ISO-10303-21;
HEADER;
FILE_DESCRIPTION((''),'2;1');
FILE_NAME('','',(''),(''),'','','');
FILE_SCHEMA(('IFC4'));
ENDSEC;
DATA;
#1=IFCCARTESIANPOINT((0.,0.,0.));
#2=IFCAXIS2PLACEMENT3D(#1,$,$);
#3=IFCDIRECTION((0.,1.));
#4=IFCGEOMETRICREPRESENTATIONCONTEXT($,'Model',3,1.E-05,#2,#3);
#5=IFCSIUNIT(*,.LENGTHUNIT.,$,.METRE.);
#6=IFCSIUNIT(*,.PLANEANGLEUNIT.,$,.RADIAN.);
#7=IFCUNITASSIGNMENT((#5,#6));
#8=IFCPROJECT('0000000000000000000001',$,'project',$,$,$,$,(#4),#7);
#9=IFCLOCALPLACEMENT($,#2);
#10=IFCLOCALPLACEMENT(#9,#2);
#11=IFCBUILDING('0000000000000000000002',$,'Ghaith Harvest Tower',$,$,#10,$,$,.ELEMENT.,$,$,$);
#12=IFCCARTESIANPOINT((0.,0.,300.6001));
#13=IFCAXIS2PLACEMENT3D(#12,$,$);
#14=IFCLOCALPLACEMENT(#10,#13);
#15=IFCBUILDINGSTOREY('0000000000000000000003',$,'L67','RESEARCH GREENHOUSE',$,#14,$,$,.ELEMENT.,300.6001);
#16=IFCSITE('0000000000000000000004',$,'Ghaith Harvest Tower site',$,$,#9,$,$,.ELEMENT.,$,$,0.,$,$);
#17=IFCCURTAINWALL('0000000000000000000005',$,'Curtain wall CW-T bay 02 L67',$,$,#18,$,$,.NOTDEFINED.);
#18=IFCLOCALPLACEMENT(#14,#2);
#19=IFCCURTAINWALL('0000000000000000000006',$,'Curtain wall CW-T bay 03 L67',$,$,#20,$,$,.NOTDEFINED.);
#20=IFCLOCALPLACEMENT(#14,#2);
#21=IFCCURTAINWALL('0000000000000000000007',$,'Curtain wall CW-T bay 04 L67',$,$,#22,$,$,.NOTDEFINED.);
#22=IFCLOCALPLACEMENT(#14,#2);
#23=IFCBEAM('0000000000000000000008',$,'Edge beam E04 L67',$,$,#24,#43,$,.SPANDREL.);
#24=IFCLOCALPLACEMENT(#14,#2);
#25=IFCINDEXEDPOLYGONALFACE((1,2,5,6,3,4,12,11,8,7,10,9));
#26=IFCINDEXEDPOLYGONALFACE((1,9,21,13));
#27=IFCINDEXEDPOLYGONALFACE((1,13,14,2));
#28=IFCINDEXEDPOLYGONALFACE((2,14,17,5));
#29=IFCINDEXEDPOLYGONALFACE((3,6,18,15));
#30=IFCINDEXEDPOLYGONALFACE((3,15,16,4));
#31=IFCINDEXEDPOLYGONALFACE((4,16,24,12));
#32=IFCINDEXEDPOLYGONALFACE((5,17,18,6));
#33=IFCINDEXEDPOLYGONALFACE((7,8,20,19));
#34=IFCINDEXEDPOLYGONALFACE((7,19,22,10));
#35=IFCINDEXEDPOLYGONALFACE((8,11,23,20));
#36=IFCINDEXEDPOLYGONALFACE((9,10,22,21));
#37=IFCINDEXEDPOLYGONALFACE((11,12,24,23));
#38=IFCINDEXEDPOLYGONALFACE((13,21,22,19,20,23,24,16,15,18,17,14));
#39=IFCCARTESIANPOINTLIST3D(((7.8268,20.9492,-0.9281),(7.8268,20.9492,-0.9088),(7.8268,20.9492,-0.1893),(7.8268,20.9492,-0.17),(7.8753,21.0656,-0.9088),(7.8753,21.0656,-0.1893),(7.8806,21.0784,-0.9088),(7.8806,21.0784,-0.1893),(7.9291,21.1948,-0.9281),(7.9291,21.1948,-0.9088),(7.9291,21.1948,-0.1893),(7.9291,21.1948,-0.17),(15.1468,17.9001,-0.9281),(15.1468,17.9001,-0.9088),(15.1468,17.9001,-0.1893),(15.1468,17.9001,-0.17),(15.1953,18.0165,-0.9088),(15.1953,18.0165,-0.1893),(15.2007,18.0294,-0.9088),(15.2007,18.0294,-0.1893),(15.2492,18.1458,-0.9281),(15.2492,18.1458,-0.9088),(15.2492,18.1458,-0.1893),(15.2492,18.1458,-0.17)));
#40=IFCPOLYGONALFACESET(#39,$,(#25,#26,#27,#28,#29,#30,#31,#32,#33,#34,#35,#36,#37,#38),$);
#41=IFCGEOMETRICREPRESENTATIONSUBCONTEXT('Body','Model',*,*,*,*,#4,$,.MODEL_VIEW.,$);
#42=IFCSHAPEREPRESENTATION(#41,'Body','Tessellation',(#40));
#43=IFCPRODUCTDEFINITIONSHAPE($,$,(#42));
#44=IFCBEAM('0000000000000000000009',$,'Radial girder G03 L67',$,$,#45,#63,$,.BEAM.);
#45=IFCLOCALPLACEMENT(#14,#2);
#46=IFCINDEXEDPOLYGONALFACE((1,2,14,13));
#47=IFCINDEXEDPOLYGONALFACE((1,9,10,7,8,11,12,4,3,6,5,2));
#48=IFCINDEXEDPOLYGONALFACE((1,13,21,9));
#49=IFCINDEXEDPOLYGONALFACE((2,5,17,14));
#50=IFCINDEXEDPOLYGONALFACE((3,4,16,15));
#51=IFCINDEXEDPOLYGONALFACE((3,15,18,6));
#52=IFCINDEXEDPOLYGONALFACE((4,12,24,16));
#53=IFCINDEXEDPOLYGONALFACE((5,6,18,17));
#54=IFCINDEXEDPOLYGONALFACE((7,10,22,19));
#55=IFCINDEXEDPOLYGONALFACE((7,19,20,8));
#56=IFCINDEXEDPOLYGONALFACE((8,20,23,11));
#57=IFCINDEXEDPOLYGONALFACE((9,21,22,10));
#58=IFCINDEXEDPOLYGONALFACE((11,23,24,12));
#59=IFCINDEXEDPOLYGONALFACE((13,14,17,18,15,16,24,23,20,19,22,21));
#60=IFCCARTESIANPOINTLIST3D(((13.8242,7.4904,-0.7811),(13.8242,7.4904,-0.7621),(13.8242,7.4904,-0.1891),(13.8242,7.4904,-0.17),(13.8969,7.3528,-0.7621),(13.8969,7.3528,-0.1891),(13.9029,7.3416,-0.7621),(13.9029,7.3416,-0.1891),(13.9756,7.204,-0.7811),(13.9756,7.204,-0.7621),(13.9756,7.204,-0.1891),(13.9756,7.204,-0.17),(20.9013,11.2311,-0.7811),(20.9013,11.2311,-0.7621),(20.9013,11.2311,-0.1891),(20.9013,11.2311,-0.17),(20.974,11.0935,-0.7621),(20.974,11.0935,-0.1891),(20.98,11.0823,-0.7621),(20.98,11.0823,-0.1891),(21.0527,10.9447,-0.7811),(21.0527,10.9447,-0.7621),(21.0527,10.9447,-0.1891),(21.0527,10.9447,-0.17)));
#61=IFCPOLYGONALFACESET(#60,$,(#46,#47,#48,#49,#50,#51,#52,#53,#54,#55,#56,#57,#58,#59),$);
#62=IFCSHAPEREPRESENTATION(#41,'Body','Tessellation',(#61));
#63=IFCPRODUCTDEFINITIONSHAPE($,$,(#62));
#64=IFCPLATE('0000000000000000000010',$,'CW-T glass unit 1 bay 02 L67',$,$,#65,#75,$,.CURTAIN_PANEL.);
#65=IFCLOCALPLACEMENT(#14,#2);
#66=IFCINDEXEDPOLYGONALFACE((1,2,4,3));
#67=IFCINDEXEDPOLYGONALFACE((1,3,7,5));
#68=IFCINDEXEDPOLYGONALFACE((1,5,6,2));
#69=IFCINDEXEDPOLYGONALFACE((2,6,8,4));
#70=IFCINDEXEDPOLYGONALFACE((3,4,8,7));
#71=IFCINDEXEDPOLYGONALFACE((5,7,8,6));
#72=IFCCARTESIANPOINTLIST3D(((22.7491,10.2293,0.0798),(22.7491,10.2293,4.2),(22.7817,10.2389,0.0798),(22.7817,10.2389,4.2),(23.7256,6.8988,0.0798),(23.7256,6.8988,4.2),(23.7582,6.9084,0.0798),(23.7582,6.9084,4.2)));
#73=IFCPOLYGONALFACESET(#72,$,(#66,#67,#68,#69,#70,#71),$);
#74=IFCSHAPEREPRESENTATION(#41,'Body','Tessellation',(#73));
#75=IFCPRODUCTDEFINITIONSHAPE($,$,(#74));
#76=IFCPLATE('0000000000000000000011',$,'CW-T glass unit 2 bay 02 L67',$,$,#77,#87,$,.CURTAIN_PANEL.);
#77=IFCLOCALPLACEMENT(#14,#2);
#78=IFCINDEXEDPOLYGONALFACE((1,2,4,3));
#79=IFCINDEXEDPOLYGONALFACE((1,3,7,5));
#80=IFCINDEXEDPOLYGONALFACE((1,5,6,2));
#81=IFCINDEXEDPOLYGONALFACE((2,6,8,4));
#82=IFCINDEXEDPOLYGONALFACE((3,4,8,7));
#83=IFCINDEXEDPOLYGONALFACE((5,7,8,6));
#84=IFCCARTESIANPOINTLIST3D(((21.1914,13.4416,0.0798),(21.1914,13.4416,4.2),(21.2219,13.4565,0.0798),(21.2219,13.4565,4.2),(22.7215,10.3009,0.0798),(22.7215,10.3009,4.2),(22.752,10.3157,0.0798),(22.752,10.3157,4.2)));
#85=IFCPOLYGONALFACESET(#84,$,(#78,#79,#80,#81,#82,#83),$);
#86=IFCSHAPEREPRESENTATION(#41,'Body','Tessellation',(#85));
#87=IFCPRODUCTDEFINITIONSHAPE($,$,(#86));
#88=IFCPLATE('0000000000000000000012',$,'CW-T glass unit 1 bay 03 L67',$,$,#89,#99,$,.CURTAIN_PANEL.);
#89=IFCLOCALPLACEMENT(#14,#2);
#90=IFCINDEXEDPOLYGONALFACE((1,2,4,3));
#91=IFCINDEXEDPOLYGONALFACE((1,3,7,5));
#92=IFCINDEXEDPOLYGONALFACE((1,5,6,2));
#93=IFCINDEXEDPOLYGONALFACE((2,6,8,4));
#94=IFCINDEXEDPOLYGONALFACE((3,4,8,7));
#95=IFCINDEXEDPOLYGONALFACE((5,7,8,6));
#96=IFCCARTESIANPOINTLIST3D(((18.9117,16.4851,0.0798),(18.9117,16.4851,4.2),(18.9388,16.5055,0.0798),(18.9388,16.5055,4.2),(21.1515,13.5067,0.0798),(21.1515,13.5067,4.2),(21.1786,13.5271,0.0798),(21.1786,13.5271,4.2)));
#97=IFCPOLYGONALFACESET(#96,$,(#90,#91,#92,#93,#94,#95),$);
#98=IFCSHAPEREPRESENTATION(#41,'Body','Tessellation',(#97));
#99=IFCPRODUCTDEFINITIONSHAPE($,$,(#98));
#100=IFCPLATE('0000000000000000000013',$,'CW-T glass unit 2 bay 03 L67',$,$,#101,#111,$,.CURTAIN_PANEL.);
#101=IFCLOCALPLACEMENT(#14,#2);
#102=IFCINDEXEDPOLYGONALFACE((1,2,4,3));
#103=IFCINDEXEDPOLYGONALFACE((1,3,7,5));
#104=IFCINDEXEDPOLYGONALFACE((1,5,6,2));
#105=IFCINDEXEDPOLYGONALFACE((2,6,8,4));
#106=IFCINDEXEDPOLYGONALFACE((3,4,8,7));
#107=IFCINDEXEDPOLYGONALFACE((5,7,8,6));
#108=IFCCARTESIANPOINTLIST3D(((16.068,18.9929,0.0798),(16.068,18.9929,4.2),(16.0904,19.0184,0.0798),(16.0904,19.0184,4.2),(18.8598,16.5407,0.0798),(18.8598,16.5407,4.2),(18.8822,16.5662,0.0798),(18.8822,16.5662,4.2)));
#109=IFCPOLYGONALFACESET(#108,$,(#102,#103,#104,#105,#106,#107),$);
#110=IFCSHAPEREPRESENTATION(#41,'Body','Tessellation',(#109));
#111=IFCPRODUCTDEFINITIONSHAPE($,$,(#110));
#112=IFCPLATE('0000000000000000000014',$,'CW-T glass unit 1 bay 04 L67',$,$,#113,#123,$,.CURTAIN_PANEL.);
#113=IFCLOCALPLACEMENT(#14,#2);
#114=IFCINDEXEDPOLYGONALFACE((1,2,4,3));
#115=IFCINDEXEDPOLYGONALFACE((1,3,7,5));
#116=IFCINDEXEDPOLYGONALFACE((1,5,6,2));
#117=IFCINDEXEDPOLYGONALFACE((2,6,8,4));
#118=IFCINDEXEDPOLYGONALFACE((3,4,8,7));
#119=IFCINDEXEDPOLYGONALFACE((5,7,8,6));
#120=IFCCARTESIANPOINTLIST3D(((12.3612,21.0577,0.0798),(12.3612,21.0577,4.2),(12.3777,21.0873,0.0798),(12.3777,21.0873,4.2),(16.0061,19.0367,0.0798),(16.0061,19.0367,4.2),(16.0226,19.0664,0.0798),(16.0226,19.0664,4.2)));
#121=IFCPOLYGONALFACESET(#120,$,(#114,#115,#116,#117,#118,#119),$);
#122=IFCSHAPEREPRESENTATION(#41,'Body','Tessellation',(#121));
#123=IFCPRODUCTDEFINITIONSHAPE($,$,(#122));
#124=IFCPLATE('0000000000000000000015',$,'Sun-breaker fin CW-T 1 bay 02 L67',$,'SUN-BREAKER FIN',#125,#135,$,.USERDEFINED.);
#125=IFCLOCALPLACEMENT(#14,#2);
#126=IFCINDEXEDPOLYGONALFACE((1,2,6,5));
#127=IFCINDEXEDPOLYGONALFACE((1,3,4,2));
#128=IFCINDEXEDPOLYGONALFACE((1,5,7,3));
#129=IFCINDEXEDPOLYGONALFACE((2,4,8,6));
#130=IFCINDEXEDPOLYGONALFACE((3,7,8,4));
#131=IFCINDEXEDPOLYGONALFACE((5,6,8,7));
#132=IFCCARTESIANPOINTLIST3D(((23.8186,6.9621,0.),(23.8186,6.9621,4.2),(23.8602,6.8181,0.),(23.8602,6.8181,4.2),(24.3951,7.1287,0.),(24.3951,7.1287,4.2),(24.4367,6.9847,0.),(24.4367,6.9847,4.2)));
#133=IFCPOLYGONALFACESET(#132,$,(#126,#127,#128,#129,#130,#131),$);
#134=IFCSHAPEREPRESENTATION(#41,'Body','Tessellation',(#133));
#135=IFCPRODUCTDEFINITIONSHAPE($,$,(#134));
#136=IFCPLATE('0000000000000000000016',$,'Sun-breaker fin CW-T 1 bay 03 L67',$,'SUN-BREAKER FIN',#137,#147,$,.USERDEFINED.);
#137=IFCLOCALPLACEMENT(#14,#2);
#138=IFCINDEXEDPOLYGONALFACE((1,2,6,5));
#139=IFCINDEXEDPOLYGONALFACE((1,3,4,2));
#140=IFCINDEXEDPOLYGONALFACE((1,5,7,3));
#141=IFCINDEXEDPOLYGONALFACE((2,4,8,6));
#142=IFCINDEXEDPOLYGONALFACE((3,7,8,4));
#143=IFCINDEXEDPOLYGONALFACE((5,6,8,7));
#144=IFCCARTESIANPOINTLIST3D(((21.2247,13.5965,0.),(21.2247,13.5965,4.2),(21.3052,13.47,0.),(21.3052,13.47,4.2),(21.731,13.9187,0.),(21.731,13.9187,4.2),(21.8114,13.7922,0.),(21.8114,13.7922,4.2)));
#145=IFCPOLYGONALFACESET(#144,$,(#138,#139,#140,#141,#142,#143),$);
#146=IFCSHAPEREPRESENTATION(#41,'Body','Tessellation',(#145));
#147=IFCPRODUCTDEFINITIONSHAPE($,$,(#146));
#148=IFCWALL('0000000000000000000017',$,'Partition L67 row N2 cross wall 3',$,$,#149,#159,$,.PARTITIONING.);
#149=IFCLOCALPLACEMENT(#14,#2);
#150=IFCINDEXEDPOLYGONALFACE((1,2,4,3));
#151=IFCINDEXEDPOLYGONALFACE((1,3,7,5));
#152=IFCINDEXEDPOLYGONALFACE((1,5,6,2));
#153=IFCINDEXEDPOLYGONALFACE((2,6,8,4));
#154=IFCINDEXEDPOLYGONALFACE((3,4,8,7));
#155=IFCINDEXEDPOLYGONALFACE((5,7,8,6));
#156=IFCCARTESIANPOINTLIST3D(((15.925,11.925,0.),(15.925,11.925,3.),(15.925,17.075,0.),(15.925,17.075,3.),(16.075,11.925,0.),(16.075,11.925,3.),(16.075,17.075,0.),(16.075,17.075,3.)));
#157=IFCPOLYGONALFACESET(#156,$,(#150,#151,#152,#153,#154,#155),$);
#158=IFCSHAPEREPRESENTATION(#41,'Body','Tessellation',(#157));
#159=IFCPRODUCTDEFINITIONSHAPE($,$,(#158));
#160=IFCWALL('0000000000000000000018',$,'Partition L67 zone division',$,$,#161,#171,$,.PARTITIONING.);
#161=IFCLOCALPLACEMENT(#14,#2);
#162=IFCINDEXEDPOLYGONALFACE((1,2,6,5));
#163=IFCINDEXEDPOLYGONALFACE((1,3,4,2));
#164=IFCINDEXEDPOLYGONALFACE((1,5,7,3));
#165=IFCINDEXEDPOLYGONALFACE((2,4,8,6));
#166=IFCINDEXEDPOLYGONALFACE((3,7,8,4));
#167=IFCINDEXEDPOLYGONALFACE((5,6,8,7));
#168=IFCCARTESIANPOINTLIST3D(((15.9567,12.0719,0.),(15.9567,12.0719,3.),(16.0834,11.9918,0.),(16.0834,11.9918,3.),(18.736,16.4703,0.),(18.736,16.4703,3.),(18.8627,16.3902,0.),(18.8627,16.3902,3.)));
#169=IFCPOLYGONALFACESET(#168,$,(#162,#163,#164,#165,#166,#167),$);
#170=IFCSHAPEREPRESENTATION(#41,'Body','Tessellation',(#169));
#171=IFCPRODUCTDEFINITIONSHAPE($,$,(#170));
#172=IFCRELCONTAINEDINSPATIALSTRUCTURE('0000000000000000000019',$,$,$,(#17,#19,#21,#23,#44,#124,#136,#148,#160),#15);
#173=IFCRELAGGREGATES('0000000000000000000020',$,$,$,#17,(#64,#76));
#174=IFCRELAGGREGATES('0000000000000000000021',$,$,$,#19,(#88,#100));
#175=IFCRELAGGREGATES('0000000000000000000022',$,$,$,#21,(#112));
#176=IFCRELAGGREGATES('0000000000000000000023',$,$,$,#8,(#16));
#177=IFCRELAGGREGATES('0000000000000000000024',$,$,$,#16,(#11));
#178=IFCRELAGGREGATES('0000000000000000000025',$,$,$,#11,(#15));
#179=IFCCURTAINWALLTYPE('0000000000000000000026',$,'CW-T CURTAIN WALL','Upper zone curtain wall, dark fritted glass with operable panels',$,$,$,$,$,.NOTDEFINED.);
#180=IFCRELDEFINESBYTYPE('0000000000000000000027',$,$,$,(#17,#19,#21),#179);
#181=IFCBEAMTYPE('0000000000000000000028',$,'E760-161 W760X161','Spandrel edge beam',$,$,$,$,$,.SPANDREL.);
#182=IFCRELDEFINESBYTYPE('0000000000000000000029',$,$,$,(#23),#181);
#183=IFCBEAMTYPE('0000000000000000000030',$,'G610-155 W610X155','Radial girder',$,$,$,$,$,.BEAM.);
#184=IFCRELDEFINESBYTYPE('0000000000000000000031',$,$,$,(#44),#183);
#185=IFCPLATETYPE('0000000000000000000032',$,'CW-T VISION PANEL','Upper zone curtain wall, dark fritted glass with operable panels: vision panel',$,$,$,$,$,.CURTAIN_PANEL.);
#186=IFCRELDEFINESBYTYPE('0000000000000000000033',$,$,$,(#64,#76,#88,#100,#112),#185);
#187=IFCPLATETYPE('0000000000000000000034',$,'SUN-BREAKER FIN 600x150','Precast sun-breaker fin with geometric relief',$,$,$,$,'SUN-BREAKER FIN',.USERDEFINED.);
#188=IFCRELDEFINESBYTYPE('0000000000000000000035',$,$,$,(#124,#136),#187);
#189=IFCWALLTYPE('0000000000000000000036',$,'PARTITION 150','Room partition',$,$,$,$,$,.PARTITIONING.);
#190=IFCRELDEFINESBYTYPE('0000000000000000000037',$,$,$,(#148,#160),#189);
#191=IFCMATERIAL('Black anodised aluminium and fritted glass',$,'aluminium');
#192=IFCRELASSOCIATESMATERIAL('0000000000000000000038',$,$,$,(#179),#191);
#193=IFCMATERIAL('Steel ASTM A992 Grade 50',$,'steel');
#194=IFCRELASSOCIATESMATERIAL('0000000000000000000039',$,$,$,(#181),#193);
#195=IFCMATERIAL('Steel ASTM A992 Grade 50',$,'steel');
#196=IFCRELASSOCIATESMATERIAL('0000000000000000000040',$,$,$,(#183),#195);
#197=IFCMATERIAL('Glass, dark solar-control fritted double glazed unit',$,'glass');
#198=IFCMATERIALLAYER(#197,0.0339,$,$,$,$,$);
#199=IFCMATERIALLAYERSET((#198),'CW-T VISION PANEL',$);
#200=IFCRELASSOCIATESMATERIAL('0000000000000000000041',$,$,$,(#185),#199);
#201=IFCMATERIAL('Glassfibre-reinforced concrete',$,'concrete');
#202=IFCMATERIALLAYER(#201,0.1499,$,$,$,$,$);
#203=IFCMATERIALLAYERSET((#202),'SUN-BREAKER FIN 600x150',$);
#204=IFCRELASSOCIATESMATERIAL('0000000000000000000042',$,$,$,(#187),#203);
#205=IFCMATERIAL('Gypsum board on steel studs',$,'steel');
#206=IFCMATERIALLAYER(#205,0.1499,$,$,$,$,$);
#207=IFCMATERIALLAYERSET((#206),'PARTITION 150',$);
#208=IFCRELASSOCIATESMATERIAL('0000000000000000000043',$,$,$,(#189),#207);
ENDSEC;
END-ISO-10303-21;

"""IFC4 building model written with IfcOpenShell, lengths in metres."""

from ifc_helpers import new_model, si_unit, direction, frame, frame_2d, origin, origin_2d, place, context, subcontext, project, spatial, rectangle, i_section, extrude, material, layer, layer_set, material_profile, profile_set, type_object, element, aggregate, save


model = new_model("IFC4")

# Units and contexts
model_context = context("Model", 3, precision=1e-05, world=origin(), true_north=direction((0.0, 1.0)))
body_context = subcontext(model_context, "Body", "Model", "MODEL_VIEW")
ifc_project = project(units=[si_unit("LENGTHUNIT", "METRE"), si_unit("PLANEANGLEUNIT", "RADIAN")], contexts=[model_context])

# Site, building, storey
site_placement = place(None, origin())
site = spatial("IfcSite", under=ifc_project, at=site_placement, Name="Ghaith Harvest Tower site", CompositionType="ELEMENT", RefElevation=0.0)
building_placement = place(site_placement, origin())
building = spatial("IfcBuilding", under=site, at=building_placement, Name="Ghaith Harvest Tower", CompositionType="ELEMENT")
storey_placement = place(building_placement, frame((0.0, 0.0, 300.6001)))
storey = spatial("IfcBuildingStorey", under=building, at=storey_placement, Name="L67", Description="RESEARCH GREENHOUSE", CompositionType="ELEMENT", Elevation=300.6001)

# Curtain walls
ifc_material_1 = material(Name="Black anodised aluminium and fritted glass", Category="aluminium")
curtain_wall_type = type_object("IfcCurtainWallType", Name="CW-T CURTAIN WALL", Description="Upper zone curtain wall, dark fritted glass with operable panels", PredefinedType="NOTDEFINED", material=ifc_material_1)
curtain_wall_1_placement = place(storey_placement, origin())
curtain_wall_1 = element("IfcCurtainWall", 1, at=curtain_wall_1_placement, inside=storey, type_object=curtain_wall_type, Name="Curtain wall CW-T bay 02 L67", PredefinedType="NOTDEFINED")
curtain_wall_2_placement = place(storey_placement, origin())
curtain_wall_2 = element("IfcCurtainWall", 2, at=curtain_wall_2_placement, inside=storey, type_object=curtain_wall_type, Name="Curtain wall CW-T bay 03 L67", PredefinedType="NOTDEFINED")

# Curtain wall
curtain_wall_3_placement = place(storey_placement, origin())
curtain_wall_3 = element("IfcCurtainWall", 3, at=curtain_wall_3_placement, inside=storey, type_object=curtain_wall_type, Name="Curtain wall CW-T bay 04 L67", PredefinedType="NOTDEFINED")

# Beams
ifc_material_2 = material(Name="Steel ASTM A992 Grade 50", Category="steel")
ifc_material_profile_1 = material_profile(ifc_material_2, i_section(OverallWidth=0.2661, OverallDepth=0.7581, WebThickness=0.0139, FlangeThickness=0.0193, at=origin_2d()), Name="W760X161")
ifc_profile_set_1 = profile_set([ifc_material_profile_1], Name="Steel ASTM A992 Grade 50")
beam_type_1 = type_object("IfcBeamType", Name="E760-161 W760X161", Description="Spandrel edge beam", PredefinedType="SPANDREL", material=ifc_profile_set_1)
beam_1_placement = place(storey_placement, frame((15.198, 18.0229, -0.5491), z_axis=(-0.92312, 0.384513, 0.0), x_axis=(-0.384513, -0.92312, 0.0)))
element("IfcBeam", 4, at=beam_1_placement, inside=storey, type_object=beam_type_1, Name="Edge beam E04 L67", PredefinedType="SPANDREL", context=body_context, shape_type="SweptSolid", body=[
    extrude(i_section(OverallWidth=0.2661, OverallDepth=0.7581, WebThickness=0.0139, FlangeThickness=0.0193, at=origin_2d()), origin(), (0.0, 0.0, 1.0), 7.9297),
])
ifc_material_3 = material(Name="Steel ASTM A992 Grade 50", Category="steel")
ifc_material_profile_2 = material_profile(ifc_material_3, i_section(OverallWidth=0.324, OverallDepth=0.6111, WebThickness=0.0127, FlangeThickness=0.019, at=origin_2d()), Name="W610X155")
ifc_profile_set_2 = profile_set([ifc_material_profile_2], Name="Steel ASTM A992 Grade 50")
beam_type_2 = type_object("IfcBeamType", Name="G610-155 W610X155", Description="Radial girder", PredefinedType="BEAM", material=ifc_profile_set_2)
beam_2_placement = place(storey_placement, frame((13.8999, 7.3472, -0.4756), z_axis=(0.884098, 0.467302, 0.0), x_axis=(-0.467302, 0.884098, 0.0)))
element("IfcBeam", 5, at=beam_2_placement, inside=storey, type_object=beam_type_2, Name="Radial girder G03 L67", PredefinedType="BEAM", context=body_context, shape_type="SweptSolid", body=[
    extrude(i_section(OverallWidth=0.324, OverallDepth=0.6111, WebThickness=0.0127, FlangeThickness=0.019, at=origin_2d()), origin(), (0.0, 0.0, 1.0), 8.0049),
])

# Plates
ifc_material_4 = material(Name="Glass, dark solar-control fritted double glazed unit", Category="glass")
ifc_layer_1 = layer(ifc_material_4, 0.0339)
ifc_layer_set_1 = layer_set([ifc_layer_1], Name="CW-T VISION PANEL")
plate_type_1 = type_object("IfcPlateType", Name="CW-T VISION PANEL", Description="Upper zone curtain wall, dark fritted glass with operable panels: vision panel", PredefinedType="CURTAIN_PANEL", material=ifc_layer_set_1)
plate_1_placement = place(storey_placement, frame((23.2537, 8.5688, 0.0798), z_axis=(0.0, 0.0, 1.0), x_axis=(-0.281345, 0.959607, 0.0)))
plate_1 = element("IfcPlate", 6, at=plate_1_placement, type_object=plate_type_1, Name="CW-T glass unit 1 bay 02 L67", PredefinedType="CURTAIN_PANEL", context=body_context, shape_type="SweptSolid", body=[
    extrude(rectangle(XDim=3.4707, YDim=0.0339, at=origin_2d()), origin(), (0.0, 0.0, 1.0), 4.1201),
])
plate_2_placement = place(storey_placement, frame((21.9717, 11.8787, 0.0798), z_axis=(0.0, 0.0, 1.0), x_axis=(-0.437968, 0.89899, 0.0)))
plate_2 = element("IfcPlate", 7, at=plate_2_placement, type_object=plate_type_1, Name="CW-T glass unit 2 bay 02 L67", PredefinedType="CURTAIN_PANEL", context=body_context, shape_type="SweptSolid", body=[
    extrude(rectangle(XDim=3.4937, YDim=0.0339, at=origin_2d()), origin(), (0.0, 0.0, 1.0), 4.1201),
])
aggregate(curtain_wall_1, [plate_1, plate_2])
plate_3_placement = place(storey_placement, frame((20.0452, 15.0061, 0.0798), z_axis=(0.0, 0.0, 1.0), x_axis=(-0.601048, 0.799213, 0.0)))
plate_3 = element("IfcPlate", 8, at=plate_3_placement, type_object=plate_type_1, Name="CW-T glass unit 1 bay 03 L67", PredefinedType="CURTAIN_PANEL", context=body_context, shape_type="SweptSolid", body=[
    extrude(rectangle(XDim=3.7266, YDim=0.0339, at=origin_2d()), origin(), (0.0, 0.0, 1.0), 4.1201),
])
plate_4_placement = place(storey_placement, frame((17.4751, 17.7795, 0.0798), z_axis=(0.0, 0.0, 1.0), x_axis=(-0.751335, 0.659922, 0.0)))
plate_4 = element("IfcPlate", 9, at=plate_4_placement, type_object=plate_type_1, Name="CW-T glass unit 2 bay 03 L67", PredefinedType="CURTAIN_PANEL", context=body_context, shape_type="SweptSolid", body=[
    extrude(rectangle(XDim=3.7158, YDim=0.0339, at=origin_2d()), origin(), (0.0, 0.0, 1.0), 4.1201),
])
aggregate(curtain_wall_2, [plate_3, plate_4])
plate_5_placement = place(storey_placement, frame((14.1919, 20.062, 0.0798), z_axis=(0.0, 0.0, 1.0), x_axis=(-0.874564, 0.48491, 0.0)))
plate_5 = element("IfcPlate", 10, at=plate_5_placement, type_object=plate_type_1, Name="CW-T glass unit 1 bay 04 L67", PredefinedType="CURTAIN_PANEL", context=body_context, shape_type="SweptSolid", body=[
    extrude(rectangle(XDim=4.1677, YDim=0.0339, at=origin_2d()), origin(), (0.0, 0.0, 1.0), 4.1201),
])
aggregate(curtain_wall_3, [plate_5])

# Plates
ifc_material_5 = material(Name="Glassfibre-reinforced concrete", Category="concrete")
ifc_layer_2 = layer(ifc_material_5, 0.1499)
ifc_layer_set_2 = layer_set([ifc_layer_2], Name="SUN-BREAKER FIN 600x150")
plate_type_2 = type_object("IfcPlateType", Name="SUN-BREAKER FIN 600x150", Description="Precast sun-breaker fin with geometric relief", ElementType="SUN-BREAKER FIN", PredefinedType="USERDEFINED", material=ifc_layer_set_2)
for number, where, z_axis, x_axis, name in (
    (11, (24.1277, 6.9734, 0.0), (0.0, 0.0, 1.0), (0.96068, 0.277657, 0.0), "Sun-breaker fin CW-T 1 bay 02 L67"),
    (12, (21.5181, 13.6943, 0.0), (0.0, 0.0, 1.0), (0.843644, 0.536903, 0.0), "Sun-breaker fin CW-T 1 bay 03 L67"),
):
    element("IfcPlate", number, at=place(storey_placement, frame(where, z_axis=z_axis, x_axis=x_axis)), inside=storey, type_object=plate_type_2, Name=name, ObjectType="SUN-BREAKER FIN", PredefinedType="USERDEFINED", context=body_context, shape_type="SweptSolid", body=[
        extrude(rectangle(XDim=0.6001, YDim=0.1499, at=origin_2d()), origin(), (0.0, 0.0, 1.0), 4.2),
    ])

# Walls
ifc_material_6 = material(Name="Gypsum board on steel studs", Category="steel")
ifc_layer_3 = layer(ifc_material_6, 0.1499)
ifc_layer_set_3 = layer_set([ifc_layer_3], Name="PARTITION 150")
wall_type_1 = type_object("IfcWallType", Name="PARTITION 150", Description="Room partition", PredefinedType="PARTITIONING", material=ifc_layer_set_3)
wall_1_placement = place(storey_placement, frame((16.0, 11.925, 0.0), z_axis=(0.0, 0.0, 1.0), x_axis=(0.0, 1.0, 0.0)))
element("IfcWall", 13, at=wall_1_placement, inside=storey, type_object=wall_type_1, Name="Partition L67 row N2 cross wall 3", PredefinedType="PARTITIONING", context=body_context, shape_type="SweptSolid", body=[
    extrude(rectangle(XDim=5.1499, YDim=0.1499, at=frame_2d((2.575, 0.0))), origin(), (0.0, 0.0, 1.0), 3.0),
])
wall_2_placement = place(storey_placement, frame((16.02, 12.0317, 0.0), z_axis=(0.0, 0.0, 1.0), x_axis=(0.534177, 0.845373, 0.0)))
element("IfcWall", 14, at=wall_2_placement, inside=storey, type_object=wall_type_1, Name="Partition L67 zone division", PredefinedType="PARTITIONING", context=body_context, shape_type="SweptSolid", body=[
    extrude(rectangle(XDim=5.2029, YDim=0.1499, at=frame_2d((2.6016, 0.0))), origin(), (0.0, 0.0, 1.0), 3.0),
])

save(model, "model.ifc")
